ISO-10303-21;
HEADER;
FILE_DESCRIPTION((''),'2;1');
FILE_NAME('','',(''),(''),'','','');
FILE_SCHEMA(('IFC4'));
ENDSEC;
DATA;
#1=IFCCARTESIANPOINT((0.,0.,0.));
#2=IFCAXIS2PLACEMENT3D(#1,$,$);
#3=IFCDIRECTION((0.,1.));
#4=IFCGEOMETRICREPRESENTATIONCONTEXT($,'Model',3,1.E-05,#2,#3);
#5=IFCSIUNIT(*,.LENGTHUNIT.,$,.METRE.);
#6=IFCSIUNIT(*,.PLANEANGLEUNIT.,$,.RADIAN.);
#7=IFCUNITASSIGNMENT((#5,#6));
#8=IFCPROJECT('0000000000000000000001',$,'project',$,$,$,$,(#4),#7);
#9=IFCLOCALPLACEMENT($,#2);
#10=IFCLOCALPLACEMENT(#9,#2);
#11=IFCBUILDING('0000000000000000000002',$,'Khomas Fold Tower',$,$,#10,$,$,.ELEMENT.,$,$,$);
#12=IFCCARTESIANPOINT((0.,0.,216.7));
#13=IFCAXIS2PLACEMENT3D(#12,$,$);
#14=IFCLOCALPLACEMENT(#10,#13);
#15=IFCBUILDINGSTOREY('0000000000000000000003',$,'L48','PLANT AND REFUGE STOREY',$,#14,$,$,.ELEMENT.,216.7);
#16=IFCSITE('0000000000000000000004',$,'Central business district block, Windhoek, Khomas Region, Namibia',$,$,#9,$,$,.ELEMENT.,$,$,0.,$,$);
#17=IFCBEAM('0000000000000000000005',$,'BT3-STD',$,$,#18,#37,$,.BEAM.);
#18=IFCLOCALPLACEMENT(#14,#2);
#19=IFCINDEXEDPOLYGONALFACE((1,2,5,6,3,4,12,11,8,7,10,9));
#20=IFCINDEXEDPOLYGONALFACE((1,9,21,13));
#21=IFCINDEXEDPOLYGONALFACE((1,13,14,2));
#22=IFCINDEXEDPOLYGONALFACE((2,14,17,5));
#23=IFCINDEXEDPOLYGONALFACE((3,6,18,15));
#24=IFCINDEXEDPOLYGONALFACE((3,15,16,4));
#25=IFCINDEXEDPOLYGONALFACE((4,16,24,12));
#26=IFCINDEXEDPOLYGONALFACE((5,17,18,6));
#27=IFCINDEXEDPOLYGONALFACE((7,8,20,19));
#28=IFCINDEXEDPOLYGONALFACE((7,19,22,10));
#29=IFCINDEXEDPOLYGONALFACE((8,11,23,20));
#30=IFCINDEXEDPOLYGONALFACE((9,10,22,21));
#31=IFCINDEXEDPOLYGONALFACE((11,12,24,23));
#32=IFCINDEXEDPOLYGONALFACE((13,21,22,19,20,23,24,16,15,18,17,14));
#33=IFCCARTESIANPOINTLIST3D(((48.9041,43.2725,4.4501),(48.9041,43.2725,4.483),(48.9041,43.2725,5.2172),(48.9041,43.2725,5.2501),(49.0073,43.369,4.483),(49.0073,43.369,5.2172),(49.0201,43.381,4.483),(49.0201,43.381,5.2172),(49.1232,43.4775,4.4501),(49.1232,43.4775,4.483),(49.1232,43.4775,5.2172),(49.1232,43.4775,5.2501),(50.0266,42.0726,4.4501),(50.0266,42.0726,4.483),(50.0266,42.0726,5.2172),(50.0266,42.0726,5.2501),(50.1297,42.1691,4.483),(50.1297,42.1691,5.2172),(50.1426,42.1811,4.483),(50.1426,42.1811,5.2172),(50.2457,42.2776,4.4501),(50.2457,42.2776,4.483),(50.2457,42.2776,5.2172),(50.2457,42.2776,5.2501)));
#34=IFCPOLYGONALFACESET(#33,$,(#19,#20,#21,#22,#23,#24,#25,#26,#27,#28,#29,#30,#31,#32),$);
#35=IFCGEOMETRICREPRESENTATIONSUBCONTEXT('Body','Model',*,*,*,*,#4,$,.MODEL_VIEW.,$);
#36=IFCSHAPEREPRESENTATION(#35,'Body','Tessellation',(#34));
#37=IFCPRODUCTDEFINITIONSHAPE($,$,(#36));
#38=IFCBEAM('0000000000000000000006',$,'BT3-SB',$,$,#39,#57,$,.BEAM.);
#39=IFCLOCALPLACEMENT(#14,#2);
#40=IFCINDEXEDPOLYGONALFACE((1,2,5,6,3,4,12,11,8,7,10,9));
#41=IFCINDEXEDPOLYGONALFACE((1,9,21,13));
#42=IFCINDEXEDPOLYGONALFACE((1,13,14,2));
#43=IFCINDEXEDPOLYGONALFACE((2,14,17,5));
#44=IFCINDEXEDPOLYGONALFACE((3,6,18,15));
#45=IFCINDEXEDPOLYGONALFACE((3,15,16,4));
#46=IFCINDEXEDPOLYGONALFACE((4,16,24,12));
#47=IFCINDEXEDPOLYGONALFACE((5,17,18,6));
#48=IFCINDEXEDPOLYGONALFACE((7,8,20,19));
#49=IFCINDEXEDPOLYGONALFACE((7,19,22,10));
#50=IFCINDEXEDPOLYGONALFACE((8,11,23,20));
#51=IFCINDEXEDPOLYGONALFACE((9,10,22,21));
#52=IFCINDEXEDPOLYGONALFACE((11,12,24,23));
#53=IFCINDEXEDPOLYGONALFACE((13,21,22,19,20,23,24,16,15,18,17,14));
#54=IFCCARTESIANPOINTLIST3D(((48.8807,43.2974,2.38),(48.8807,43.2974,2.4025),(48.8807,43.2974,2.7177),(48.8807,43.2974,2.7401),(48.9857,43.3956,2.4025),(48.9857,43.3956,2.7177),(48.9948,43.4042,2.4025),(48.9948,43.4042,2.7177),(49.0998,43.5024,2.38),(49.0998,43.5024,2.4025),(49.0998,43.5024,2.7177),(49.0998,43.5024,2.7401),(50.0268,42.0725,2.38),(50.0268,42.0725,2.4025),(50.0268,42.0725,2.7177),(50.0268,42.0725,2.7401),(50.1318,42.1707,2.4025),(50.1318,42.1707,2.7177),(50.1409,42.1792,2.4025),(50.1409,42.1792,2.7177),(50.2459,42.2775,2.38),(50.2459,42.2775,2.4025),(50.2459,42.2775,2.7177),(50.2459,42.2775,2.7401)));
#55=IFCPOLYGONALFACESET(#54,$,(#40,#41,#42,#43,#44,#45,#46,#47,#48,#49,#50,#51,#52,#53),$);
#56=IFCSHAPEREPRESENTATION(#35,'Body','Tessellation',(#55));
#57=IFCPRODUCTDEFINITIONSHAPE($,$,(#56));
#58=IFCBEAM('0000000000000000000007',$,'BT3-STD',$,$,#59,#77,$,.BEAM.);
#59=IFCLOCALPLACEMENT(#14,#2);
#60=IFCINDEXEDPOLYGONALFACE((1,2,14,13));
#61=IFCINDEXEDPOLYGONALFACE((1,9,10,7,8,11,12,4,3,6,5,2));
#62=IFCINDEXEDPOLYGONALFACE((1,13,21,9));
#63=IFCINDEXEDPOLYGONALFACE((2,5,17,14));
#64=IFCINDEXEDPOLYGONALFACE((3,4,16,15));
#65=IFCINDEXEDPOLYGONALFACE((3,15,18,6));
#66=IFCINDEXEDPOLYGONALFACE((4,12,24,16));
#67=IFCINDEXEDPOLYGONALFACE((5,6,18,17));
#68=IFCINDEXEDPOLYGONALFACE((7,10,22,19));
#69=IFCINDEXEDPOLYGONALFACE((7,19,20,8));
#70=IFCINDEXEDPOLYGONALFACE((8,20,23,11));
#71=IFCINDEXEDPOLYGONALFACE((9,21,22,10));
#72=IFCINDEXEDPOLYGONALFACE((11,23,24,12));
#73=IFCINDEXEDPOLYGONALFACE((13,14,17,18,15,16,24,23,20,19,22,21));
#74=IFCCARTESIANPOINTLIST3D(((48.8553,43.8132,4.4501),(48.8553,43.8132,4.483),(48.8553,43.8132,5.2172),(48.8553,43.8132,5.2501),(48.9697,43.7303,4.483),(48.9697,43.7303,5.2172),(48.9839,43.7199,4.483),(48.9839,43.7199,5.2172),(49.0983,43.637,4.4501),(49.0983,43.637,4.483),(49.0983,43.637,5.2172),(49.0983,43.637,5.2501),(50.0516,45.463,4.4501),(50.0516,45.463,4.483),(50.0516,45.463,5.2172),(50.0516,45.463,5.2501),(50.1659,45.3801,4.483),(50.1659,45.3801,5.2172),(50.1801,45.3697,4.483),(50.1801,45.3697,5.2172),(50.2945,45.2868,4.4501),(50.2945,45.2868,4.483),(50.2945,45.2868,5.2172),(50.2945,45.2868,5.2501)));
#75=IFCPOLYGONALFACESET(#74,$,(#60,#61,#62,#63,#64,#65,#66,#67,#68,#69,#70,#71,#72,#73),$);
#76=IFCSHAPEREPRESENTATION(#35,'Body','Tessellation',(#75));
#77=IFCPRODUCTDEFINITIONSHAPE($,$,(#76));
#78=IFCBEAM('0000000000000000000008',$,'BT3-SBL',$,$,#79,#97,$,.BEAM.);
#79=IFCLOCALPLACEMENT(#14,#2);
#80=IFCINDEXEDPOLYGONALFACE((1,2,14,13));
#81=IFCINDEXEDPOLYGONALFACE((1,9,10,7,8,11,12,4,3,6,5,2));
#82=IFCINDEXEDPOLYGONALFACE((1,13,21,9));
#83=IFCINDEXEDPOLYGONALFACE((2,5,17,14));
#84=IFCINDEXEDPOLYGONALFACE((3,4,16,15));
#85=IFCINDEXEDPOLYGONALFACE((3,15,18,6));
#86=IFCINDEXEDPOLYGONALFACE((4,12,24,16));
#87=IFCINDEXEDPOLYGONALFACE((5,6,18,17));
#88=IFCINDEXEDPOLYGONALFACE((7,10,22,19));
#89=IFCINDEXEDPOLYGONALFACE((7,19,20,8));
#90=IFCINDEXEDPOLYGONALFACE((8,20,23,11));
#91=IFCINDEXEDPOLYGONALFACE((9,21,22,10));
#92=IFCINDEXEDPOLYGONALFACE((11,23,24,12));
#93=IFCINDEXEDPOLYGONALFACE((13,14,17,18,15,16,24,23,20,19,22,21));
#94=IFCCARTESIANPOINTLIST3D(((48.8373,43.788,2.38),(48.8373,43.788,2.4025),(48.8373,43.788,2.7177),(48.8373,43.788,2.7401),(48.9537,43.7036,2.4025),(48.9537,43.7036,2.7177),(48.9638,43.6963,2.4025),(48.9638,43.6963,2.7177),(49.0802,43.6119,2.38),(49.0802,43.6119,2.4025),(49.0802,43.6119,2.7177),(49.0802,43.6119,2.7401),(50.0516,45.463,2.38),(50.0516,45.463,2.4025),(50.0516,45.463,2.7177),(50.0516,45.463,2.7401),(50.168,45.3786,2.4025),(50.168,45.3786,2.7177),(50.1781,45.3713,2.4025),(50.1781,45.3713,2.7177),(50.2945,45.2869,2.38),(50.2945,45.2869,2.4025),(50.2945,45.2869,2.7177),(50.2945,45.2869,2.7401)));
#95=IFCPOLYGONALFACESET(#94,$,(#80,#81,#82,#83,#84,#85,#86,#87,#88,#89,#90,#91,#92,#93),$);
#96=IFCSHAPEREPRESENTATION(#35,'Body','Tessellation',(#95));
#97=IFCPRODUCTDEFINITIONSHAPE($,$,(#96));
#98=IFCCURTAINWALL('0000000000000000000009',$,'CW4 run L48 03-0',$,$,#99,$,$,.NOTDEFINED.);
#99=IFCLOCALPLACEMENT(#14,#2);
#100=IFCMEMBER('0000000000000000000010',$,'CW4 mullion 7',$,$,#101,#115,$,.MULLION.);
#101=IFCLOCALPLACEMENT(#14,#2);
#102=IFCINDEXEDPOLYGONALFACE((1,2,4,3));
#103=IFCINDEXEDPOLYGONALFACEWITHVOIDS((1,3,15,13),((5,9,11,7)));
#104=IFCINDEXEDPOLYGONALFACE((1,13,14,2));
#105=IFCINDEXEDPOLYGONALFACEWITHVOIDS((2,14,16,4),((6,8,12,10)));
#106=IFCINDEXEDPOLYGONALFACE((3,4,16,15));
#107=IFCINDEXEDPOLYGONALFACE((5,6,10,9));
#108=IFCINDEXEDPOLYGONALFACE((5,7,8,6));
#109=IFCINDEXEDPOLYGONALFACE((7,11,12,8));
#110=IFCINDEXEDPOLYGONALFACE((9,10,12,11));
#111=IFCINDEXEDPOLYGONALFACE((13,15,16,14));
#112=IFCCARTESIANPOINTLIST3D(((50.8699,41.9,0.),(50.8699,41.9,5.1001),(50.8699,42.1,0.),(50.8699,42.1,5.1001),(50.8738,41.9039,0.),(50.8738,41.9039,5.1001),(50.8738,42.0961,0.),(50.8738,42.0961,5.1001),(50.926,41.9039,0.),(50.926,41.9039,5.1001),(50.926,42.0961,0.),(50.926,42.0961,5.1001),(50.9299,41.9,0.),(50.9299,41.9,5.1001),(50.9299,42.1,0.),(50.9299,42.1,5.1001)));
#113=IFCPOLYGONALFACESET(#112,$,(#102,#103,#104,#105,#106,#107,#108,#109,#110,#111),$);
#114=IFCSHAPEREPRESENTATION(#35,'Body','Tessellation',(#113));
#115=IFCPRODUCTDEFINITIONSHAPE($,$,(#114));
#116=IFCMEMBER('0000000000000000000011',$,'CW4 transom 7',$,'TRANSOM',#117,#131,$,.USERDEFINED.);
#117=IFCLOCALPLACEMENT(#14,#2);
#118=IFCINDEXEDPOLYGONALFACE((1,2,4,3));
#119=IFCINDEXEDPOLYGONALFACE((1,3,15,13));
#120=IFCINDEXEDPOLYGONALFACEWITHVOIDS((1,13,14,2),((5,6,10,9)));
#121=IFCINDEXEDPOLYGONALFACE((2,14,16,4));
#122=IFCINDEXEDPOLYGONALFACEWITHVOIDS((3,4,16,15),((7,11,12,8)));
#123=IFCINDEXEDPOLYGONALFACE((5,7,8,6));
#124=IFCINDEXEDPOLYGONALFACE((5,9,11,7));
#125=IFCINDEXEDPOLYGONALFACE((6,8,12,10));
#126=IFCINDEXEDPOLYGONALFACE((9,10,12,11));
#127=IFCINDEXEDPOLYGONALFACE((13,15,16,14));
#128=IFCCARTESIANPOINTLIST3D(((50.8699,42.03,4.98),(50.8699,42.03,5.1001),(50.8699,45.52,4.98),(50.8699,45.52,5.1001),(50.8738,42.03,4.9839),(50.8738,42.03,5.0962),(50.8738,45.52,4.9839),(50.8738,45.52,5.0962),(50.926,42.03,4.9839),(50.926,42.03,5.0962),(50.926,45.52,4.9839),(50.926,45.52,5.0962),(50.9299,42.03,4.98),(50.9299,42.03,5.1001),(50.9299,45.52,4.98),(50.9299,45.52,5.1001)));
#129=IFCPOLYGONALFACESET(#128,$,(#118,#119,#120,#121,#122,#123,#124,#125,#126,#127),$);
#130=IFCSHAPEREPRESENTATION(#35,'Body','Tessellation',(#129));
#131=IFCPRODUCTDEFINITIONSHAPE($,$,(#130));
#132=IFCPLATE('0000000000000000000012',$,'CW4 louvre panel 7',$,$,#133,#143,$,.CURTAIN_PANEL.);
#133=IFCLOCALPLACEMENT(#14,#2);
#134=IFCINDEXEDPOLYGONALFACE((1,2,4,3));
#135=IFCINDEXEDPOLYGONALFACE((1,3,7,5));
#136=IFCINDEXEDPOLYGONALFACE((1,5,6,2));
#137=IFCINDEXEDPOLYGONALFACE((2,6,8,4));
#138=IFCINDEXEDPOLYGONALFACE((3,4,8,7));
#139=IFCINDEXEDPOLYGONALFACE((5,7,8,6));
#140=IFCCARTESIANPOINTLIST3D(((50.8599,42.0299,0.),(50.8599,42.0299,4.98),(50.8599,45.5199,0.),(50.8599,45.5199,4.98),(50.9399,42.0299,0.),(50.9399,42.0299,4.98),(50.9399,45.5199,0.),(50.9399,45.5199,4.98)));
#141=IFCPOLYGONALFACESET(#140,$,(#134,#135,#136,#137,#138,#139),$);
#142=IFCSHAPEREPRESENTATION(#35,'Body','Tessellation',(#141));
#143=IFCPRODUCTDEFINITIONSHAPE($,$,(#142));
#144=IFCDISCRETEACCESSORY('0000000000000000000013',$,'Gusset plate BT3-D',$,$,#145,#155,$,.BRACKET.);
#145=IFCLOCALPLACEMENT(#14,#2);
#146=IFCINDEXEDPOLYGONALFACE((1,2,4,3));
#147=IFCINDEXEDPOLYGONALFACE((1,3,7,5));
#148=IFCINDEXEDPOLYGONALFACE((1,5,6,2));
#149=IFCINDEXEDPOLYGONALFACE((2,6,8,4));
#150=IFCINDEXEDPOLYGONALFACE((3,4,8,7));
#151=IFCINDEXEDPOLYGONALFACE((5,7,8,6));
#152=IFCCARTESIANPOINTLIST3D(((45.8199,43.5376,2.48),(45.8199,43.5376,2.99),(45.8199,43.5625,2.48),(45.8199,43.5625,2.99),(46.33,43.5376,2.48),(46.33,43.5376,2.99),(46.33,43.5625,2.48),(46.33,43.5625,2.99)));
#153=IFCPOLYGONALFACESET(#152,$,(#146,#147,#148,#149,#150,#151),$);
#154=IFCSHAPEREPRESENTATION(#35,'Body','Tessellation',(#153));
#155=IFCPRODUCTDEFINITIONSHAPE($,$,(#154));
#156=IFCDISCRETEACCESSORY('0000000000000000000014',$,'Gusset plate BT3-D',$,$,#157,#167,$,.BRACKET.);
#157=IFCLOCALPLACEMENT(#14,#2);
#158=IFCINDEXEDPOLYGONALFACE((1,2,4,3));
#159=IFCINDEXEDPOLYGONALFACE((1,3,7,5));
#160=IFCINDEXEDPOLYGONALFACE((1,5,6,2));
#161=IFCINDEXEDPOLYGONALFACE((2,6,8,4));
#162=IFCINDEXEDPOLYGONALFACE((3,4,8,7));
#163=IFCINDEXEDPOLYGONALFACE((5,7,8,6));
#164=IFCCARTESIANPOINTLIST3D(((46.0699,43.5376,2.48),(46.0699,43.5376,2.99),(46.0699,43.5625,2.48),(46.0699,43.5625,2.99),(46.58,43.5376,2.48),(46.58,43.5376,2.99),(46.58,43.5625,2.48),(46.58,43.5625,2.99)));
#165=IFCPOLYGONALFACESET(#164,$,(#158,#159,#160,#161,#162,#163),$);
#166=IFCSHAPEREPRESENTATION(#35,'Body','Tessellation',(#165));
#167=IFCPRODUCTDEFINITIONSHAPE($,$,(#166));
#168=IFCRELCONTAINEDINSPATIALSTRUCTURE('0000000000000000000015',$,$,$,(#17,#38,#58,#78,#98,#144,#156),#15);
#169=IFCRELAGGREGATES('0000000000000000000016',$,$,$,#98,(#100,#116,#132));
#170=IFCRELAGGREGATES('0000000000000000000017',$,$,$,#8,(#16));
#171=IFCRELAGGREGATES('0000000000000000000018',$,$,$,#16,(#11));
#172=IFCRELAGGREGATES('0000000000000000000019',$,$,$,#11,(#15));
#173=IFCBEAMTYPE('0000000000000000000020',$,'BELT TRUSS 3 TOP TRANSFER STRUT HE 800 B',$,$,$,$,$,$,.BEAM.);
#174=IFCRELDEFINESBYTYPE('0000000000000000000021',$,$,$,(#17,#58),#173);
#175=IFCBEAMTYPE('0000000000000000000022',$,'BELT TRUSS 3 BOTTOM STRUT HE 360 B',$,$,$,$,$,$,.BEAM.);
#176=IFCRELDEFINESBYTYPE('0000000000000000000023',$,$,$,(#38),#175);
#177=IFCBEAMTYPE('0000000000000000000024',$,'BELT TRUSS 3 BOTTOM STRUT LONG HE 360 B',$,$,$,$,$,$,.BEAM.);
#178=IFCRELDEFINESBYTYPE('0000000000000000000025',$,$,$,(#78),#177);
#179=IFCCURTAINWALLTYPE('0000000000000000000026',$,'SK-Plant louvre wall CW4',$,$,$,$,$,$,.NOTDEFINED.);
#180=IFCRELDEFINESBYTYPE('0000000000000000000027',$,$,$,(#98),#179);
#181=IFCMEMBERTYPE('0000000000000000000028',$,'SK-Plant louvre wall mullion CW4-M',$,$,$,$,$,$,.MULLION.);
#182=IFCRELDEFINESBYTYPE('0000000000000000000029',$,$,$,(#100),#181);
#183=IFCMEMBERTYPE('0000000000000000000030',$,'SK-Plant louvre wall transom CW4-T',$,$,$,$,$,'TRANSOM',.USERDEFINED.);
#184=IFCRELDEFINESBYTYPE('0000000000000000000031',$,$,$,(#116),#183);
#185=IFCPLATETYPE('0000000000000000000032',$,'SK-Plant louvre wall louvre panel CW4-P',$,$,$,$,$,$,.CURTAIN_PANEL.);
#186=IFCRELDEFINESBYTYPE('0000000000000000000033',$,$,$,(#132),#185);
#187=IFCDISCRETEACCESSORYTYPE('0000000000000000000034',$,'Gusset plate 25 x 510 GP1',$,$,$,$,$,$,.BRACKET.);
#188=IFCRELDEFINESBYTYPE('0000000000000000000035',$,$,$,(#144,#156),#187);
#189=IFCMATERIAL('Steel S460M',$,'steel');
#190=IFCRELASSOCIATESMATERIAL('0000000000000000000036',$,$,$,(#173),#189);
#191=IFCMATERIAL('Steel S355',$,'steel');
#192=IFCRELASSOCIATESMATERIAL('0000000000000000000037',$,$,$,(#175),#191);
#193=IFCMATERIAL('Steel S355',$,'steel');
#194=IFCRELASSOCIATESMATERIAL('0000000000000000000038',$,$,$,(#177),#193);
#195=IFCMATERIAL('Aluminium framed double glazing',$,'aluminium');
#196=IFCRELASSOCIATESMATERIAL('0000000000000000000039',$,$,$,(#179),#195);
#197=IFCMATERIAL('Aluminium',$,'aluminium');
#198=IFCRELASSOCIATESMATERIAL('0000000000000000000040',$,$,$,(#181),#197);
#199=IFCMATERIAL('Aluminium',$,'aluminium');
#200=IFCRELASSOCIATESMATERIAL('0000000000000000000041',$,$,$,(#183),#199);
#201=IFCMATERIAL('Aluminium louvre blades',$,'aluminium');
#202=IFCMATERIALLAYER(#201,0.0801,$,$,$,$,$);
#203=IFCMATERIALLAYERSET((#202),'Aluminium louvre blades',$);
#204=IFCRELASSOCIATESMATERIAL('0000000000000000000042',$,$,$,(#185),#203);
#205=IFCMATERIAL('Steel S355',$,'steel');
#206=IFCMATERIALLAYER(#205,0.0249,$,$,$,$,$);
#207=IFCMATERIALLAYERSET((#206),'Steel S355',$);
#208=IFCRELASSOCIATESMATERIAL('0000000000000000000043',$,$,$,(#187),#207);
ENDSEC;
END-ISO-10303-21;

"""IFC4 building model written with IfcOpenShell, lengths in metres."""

from ifc_helpers import new_model, si_unit, direction, frame, origin, origin_2d, place, context, subcontext, project, spatial, rectangle, hollow_rectangle, i_section, extrude, source, transform, mapped, material, layer, layer_set, material_profile, profile_set, type_object, element, aggregate, save


model = new_model("IFC4")

# Units and contexts
model_context = context("Model", 3, precision=1e-05, world=origin(), true_north=direction((0.0, 1.0)))
body_context = subcontext(model_context, "Body", "Model", "MODEL_VIEW")
ifc_project = project(units=[si_unit("LENGTHUNIT", "METRE"), si_unit("PLANEANGLEUNIT", "RADIAN")], contexts=[model_context])

# Site, building, storey
site_placement = place(None, origin())
site = spatial("IfcSite", under=ifc_project, at=site_placement, Name="Central business district block, Windhoek, Khomas Region, Namibia", CompositionType="ELEMENT", RefElevation=0.0)
building_placement = place(site_placement, origin())
building = spatial("IfcBuilding", under=site, at=building_placement, Name="Khomas Fold Tower", CompositionType="ELEMENT")
storey_placement = place(building_placement, frame((0.0, 0.0, 216.7)))
storey = spatial("IfcBuildingStorey", under=building, at=storey_placement, Name="L48", Description="PLANT AND REFUGE STOREY", CompositionType="ELEMENT", Elevation=216.7)

# Beams
ifc_material_1 = material(Name="Steel S460M", Category="steel")
ifc_material_profile_1 = material_profile(ifc_material_1, i_section(OverallWidth=0.3, OverallDepth=0.8, WebThickness=0.0176, FlangeThickness=0.033, at=origin_2d()), Name="HE 800 B")
ifc_profile_set_1 = profile_set([ifc_material_profile_1], Name="Steel S460M")
beam_type_1 = type_object("IfcBeamType", Name="BELT TRUSS 3 TOP TRANSFER STRUT HE 800 B", PredefinedType="BEAM", material=ifc_profile_set_1)
shared_shape_1 = source(origin(), body_context, "Body", "SweptSolid", [
    extrude(i_section(OverallWidth=0.3, OverallDepth=0.8, WebThickness=0.0176, FlangeThickness=0.033, at=origin_2d()), origin(), (0.0, 0.0, 1.0), 1.6431),
])
beam_1_placement = place(storey_placement, frame((49.0137, 43.375, 4.8501), z_axis=(0.683165, -0.730264, 0.0), x_axis=(0.730264, 0.683165, 0.0)))
element("IfcBeam", 1, at=beam_1_placement, inside=storey, type_object=beam_type_1, Name="BT3-STD", PredefinedType="BEAM", context=body_context, shape_type="MappedRepresentation", body=[
    mapped(shared_shape_1, transform((0.0, 0.0, 0.0))),
])
ifc_material_2 = material(Name="Steel S355", Category="steel")
ifc_material_profile_2 = material_profile(ifc_material_2, i_section(OverallWidth=0.3, OverallDepth=0.3601, WebThickness=0.0125, FlangeThickness=0.0225, at=origin_2d()), Name="HE 360 B")
ifc_profile_set_2 = profile_set([ifc_material_profile_2], Name="Steel S355")
beam_type_2 = type_object("IfcBeamType", Name="BELT TRUSS 3 BOTTOM STRUT HE 360 B", PredefinedType="BEAM", material=ifc_profile_set_2)
shared_shape_2 = source(origin(), body_context, "Body", "SweptSolid", [
    extrude(i_section(OverallWidth=0.3, OverallDepth=0.3601, WebThickness=0.0125, FlangeThickness=0.0225, at=origin_2d()), origin(), (0.0, 0.0, 1.0), 1.6775),
])
beam_2_placement = place(storey_placement, frame((48.9902, 43.3999, 2.5601), z_axis=(0.68321, -0.730222, 0.0), x_axis=(0.730222, 0.68321, 0.0)))
element("IfcBeam", 2, at=beam_2_placement, inside=storey, type_object=beam_type_2, Name="BT3-SB", PredefinedType="BEAM", context=body_context, shape_type="MappedRepresentation", body=[
    mapped(shared_shape_2, transform((0.0, 0.0, 0.0))),
])
shared_shape_3 = source(origin(), body_context, "Body", "SweptSolid", [
    extrude(i_section(OverallWidth=0.3, OverallDepth=0.8, WebThickness=0.0176, FlangeThickness=0.033, at=origin_2d()), origin(), (0.0, 0.0, 1.0), 2.0378),
])
beam_3_placement = place(storey_placement, frame((48.9768, 43.7251, 4.8501), z_axis=(0.587003, 0.809585, 0.0), x_axis=(-0.809585, 0.587003, 0.0)))
element("IfcBeam", 3, at=beam_3_placement, inside=storey, type_object=beam_type_1, Name="BT3-STD", PredefinedType="BEAM", context=body_context, shape_type="MappedRepresentation", body=[
    mapped(shared_shape_3, transform((0.0, 0.0, 0.0))),
])
ifc_material_3 = material(Name="Steel S355", Category="steel")
ifc_material_profile_3 = material_profile(ifc_material_3, i_section(OverallWidth=0.3, OverallDepth=0.3601, WebThickness=0.0125, FlangeThickness=0.0225, at=origin_2d()), Name="HE 360 B")
ifc_profile_set_3 = profile_set([ifc_material_profile_3], Name="Steel S355")
beam_type_3 = type_object("IfcBeamType", Name="BELT TRUSS 3 BOTTOM STRUT LONG HE 360 B", PredefinedType="BEAM", material=ifc_profile_set_3)
shared_shape_4 = source(origin(), body_context, "Body", "SweptSolid", [
    extrude(i_section(OverallWidth=0.3, OverallDepth=0.3601, WebThickness=0.0125, FlangeThickness=0.0225, at=origin_2d()), origin(), (0.0, 0.0, 1.0), 2.0688),
])
beam_4_placement = place(storey_placement, frame((48.9587, 43.7, 2.5601), z_axis=(0.58695, 0.809623, 0.0), x_axis=(-0.809623, 0.58695, 0.0)))
element("IfcBeam", 4, at=beam_4_placement, inside=storey, type_object=beam_type_3, Name="BT3-SBL", PredefinedType="BEAM", context=body_context, shape_type="MappedRepresentation", body=[
    mapped(shared_shape_4, transform((0.0, 0.0, 0.0))),
])

# Curtain wall, members, plate
ifc_material_4 = material(Name="Aluminium framed double glazing", Category="aluminium")
curtain_wall_type = type_object("IfcCurtainWallType", Name="SK-Plant louvre wall CW4", PredefinedType="NOTDEFINED", material=ifc_material_4)
curtain_wall_placement = place(storey_placement, origin())
curtain_wall = element("IfcCurtainWall", 5, at=curtain_wall_placement, inside=storey, type_object=curtain_wall_type, Name="CW4 run L48 03-0", PredefinedType="NOTDEFINED")
ifc_material_5 = material(Name="Aluminium", Category="aluminium")
ifc_material_profile_4 = material_profile(ifc_material_5, hollow_rectangle(XDim=0.0601, YDim=0.2, WallThickness=0.0039, at=origin_2d()), Name="SK-Plant louvre wall mullion CW4-M")
ifc_profile_set_4 = profile_set([ifc_material_profile_4], Name="Aluminium")
member_type_1 = type_object("IfcMemberType", Name="SK-Plant louvre wall mullion CW4-M", PredefinedType="MULLION", material=ifc_profile_set_4)
shared_shape_5 = source(origin(), body_context, "Body", "SweptSolid", [
    extrude(hollow_rectangle(XDim=0.0601, YDim=0.2, WallThickness=0.0039, at=origin_2d()), origin(), (0.0, 0.0, 1.0), 5.1001),
])
member_1_placement = place(storey_placement, frame((50.8999, 42.0, 0.0), z_axis=(0.0, 0.0, 1.0), x_axis=(-1.0, 0.0, 0.0)))
member_1 = element("IfcMember", 6, at=member_1_placement, type_object=member_type_1, Name="CW4 mullion 7", PredefinedType="MULLION", context=body_context, shape_type="MappedRepresentation", body=[
    mapped(shared_shape_5, transform((0.0, 0.0, 0.0))),
])
ifc_material_6 = material(Name="Aluminium", Category="aluminium")
ifc_material_profile_5 = material_profile(ifc_material_6, hollow_rectangle(XDim=0.0601, YDim=0.1201, WallThickness=0.0039, at=origin_2d()), Name="SK-Plant louvre wall transom CW4-T")
ifc_profile_set_5 = profile_set([ifc_material_profile_5], Name="Aluminium")
member_type_2 = type_object("IfcMemberType", Name="SK-Plant louvre wall transom CW4-T", ElementType="TRANSOM", PredefinedType="USERDEFINED", material=ifc_profile_set_5)
shared_shape_6 = source(origin(), body_context, "Body", "SweptSolid", [
    extrude(hollow_rectangle(XDim=0.0601, YDim=0.1201, WallThickness=0.0039, at=origin_2d()), origin(), (0.0, 0.0, 1.0), 3.49),
])
member_2_placement = place(storey_placement, frame((50.8999, 42.03, 5.04), z_axis=(0.0, 1.0, 0.0), x_axis=(-1.0, 0.0, 0.0)))
member_2 = element("IfcMember", 7, at=member_2_placement, type_object=member_type_2, Name="CW4 transom 7", ObjectType="TRANSOM", PredefinedType="USERDEFINED", context=body_context, shape_type="MappedRepresentation", body=[
    mapped(shared_shape_6, transform((0.0, 0.0, 0.0))),
])
ifc_material_7 = material(Name="Aluminium louvre blades", Category="aluminium")
ifc_layer_1 = layer(ifc_material_7, 0.0801)
ifc_layer_set_1 = layer_set([ifc_layer_1], Name="Aluminium louvre blades")
plate_type = type_object("IfcPlateType", Name="SK-Plant louvre wall louvre panel CW4-P", PredefinedType="CURTAIN_PANEL", material=ifc_layer_set_1)
shared_shape_7 = source(origin(), body_context, "Body", "SweptSolid", [
    extrude(rectangle(XDim=3.49, YDim=0.0801, at=origin_2d()), origin(), (0.0, 0.0, 1.0), 4.98),
])
plate_placement = place(storey_placement, frame((50.8999, 43.7749, 0.0), z_axis=(0.0, 0.0, 1.0), x_axis=(0.0, 1.0, 0.0)))
plate = element("IfcPlate", 8, at=plate_placement, type_object=plate_type, Name="CW4 louvre panel 7", PredefinedType="CURTAIN_PANEL", context=body_context, shape_type="MappedRepresentation", body=[
    mapped(shared_shape_7, transform((0.0, 0.0, 0.0))),
])
aggregate(curtain_wall, [member_1, member_2, plate])

# Discrete accessories
ifc_material_8 = material(Name="Steel S355", Category="steel")
ifc_layer_2 = layer(ifc_material_8, 0.0249)
ifc_layer_set_2 = layer_set([ifc_layer_2], Name="Steel S355")
discrete_accessory_type = type_object("IfcDiscreteAccessoryType", Name="Gusset plate 25 x 510 GP1", PredefinedType="BRACKET", material=ifc_layer_set_2)
shared_shape_8 = source(origin(), body_context, "Body", "SweptSolid", [
    extrude(rectangle(XDim=0.51, YDim=0.0249, at=origin_2d()), origin(), (0.0, 0.0, 1.0), 0.51),
])
for number, where, z_axis, x_axis, name in (
    (9, (46.075, 43.55, 2.48), (0.0, 0.0, 1.0), (1.0, 0.0, 0.0), "Gusset plate BT3-D"),
    (10, (46.325, 43.55, 2.48), (0.0, 0.0, 1.0), (1.0, 0.0, 0.0), "Gusset plate BT3-D"),
):
    element("IfcDiscreteAccessory", number, at=place(storey_placement, frame(where, z_axis=z_axis, x_axis=x_axis)), inside=storey, type_object=discrete_accessory_type, Name=name, PredefinedType="BRACKET", context=body_context, shape_type="MappedRepresentation", body=[
        mapped(shared_shape_8, transform((0.0, 0.0, 0.0))),
    ])

save(model, "model.ifc")
